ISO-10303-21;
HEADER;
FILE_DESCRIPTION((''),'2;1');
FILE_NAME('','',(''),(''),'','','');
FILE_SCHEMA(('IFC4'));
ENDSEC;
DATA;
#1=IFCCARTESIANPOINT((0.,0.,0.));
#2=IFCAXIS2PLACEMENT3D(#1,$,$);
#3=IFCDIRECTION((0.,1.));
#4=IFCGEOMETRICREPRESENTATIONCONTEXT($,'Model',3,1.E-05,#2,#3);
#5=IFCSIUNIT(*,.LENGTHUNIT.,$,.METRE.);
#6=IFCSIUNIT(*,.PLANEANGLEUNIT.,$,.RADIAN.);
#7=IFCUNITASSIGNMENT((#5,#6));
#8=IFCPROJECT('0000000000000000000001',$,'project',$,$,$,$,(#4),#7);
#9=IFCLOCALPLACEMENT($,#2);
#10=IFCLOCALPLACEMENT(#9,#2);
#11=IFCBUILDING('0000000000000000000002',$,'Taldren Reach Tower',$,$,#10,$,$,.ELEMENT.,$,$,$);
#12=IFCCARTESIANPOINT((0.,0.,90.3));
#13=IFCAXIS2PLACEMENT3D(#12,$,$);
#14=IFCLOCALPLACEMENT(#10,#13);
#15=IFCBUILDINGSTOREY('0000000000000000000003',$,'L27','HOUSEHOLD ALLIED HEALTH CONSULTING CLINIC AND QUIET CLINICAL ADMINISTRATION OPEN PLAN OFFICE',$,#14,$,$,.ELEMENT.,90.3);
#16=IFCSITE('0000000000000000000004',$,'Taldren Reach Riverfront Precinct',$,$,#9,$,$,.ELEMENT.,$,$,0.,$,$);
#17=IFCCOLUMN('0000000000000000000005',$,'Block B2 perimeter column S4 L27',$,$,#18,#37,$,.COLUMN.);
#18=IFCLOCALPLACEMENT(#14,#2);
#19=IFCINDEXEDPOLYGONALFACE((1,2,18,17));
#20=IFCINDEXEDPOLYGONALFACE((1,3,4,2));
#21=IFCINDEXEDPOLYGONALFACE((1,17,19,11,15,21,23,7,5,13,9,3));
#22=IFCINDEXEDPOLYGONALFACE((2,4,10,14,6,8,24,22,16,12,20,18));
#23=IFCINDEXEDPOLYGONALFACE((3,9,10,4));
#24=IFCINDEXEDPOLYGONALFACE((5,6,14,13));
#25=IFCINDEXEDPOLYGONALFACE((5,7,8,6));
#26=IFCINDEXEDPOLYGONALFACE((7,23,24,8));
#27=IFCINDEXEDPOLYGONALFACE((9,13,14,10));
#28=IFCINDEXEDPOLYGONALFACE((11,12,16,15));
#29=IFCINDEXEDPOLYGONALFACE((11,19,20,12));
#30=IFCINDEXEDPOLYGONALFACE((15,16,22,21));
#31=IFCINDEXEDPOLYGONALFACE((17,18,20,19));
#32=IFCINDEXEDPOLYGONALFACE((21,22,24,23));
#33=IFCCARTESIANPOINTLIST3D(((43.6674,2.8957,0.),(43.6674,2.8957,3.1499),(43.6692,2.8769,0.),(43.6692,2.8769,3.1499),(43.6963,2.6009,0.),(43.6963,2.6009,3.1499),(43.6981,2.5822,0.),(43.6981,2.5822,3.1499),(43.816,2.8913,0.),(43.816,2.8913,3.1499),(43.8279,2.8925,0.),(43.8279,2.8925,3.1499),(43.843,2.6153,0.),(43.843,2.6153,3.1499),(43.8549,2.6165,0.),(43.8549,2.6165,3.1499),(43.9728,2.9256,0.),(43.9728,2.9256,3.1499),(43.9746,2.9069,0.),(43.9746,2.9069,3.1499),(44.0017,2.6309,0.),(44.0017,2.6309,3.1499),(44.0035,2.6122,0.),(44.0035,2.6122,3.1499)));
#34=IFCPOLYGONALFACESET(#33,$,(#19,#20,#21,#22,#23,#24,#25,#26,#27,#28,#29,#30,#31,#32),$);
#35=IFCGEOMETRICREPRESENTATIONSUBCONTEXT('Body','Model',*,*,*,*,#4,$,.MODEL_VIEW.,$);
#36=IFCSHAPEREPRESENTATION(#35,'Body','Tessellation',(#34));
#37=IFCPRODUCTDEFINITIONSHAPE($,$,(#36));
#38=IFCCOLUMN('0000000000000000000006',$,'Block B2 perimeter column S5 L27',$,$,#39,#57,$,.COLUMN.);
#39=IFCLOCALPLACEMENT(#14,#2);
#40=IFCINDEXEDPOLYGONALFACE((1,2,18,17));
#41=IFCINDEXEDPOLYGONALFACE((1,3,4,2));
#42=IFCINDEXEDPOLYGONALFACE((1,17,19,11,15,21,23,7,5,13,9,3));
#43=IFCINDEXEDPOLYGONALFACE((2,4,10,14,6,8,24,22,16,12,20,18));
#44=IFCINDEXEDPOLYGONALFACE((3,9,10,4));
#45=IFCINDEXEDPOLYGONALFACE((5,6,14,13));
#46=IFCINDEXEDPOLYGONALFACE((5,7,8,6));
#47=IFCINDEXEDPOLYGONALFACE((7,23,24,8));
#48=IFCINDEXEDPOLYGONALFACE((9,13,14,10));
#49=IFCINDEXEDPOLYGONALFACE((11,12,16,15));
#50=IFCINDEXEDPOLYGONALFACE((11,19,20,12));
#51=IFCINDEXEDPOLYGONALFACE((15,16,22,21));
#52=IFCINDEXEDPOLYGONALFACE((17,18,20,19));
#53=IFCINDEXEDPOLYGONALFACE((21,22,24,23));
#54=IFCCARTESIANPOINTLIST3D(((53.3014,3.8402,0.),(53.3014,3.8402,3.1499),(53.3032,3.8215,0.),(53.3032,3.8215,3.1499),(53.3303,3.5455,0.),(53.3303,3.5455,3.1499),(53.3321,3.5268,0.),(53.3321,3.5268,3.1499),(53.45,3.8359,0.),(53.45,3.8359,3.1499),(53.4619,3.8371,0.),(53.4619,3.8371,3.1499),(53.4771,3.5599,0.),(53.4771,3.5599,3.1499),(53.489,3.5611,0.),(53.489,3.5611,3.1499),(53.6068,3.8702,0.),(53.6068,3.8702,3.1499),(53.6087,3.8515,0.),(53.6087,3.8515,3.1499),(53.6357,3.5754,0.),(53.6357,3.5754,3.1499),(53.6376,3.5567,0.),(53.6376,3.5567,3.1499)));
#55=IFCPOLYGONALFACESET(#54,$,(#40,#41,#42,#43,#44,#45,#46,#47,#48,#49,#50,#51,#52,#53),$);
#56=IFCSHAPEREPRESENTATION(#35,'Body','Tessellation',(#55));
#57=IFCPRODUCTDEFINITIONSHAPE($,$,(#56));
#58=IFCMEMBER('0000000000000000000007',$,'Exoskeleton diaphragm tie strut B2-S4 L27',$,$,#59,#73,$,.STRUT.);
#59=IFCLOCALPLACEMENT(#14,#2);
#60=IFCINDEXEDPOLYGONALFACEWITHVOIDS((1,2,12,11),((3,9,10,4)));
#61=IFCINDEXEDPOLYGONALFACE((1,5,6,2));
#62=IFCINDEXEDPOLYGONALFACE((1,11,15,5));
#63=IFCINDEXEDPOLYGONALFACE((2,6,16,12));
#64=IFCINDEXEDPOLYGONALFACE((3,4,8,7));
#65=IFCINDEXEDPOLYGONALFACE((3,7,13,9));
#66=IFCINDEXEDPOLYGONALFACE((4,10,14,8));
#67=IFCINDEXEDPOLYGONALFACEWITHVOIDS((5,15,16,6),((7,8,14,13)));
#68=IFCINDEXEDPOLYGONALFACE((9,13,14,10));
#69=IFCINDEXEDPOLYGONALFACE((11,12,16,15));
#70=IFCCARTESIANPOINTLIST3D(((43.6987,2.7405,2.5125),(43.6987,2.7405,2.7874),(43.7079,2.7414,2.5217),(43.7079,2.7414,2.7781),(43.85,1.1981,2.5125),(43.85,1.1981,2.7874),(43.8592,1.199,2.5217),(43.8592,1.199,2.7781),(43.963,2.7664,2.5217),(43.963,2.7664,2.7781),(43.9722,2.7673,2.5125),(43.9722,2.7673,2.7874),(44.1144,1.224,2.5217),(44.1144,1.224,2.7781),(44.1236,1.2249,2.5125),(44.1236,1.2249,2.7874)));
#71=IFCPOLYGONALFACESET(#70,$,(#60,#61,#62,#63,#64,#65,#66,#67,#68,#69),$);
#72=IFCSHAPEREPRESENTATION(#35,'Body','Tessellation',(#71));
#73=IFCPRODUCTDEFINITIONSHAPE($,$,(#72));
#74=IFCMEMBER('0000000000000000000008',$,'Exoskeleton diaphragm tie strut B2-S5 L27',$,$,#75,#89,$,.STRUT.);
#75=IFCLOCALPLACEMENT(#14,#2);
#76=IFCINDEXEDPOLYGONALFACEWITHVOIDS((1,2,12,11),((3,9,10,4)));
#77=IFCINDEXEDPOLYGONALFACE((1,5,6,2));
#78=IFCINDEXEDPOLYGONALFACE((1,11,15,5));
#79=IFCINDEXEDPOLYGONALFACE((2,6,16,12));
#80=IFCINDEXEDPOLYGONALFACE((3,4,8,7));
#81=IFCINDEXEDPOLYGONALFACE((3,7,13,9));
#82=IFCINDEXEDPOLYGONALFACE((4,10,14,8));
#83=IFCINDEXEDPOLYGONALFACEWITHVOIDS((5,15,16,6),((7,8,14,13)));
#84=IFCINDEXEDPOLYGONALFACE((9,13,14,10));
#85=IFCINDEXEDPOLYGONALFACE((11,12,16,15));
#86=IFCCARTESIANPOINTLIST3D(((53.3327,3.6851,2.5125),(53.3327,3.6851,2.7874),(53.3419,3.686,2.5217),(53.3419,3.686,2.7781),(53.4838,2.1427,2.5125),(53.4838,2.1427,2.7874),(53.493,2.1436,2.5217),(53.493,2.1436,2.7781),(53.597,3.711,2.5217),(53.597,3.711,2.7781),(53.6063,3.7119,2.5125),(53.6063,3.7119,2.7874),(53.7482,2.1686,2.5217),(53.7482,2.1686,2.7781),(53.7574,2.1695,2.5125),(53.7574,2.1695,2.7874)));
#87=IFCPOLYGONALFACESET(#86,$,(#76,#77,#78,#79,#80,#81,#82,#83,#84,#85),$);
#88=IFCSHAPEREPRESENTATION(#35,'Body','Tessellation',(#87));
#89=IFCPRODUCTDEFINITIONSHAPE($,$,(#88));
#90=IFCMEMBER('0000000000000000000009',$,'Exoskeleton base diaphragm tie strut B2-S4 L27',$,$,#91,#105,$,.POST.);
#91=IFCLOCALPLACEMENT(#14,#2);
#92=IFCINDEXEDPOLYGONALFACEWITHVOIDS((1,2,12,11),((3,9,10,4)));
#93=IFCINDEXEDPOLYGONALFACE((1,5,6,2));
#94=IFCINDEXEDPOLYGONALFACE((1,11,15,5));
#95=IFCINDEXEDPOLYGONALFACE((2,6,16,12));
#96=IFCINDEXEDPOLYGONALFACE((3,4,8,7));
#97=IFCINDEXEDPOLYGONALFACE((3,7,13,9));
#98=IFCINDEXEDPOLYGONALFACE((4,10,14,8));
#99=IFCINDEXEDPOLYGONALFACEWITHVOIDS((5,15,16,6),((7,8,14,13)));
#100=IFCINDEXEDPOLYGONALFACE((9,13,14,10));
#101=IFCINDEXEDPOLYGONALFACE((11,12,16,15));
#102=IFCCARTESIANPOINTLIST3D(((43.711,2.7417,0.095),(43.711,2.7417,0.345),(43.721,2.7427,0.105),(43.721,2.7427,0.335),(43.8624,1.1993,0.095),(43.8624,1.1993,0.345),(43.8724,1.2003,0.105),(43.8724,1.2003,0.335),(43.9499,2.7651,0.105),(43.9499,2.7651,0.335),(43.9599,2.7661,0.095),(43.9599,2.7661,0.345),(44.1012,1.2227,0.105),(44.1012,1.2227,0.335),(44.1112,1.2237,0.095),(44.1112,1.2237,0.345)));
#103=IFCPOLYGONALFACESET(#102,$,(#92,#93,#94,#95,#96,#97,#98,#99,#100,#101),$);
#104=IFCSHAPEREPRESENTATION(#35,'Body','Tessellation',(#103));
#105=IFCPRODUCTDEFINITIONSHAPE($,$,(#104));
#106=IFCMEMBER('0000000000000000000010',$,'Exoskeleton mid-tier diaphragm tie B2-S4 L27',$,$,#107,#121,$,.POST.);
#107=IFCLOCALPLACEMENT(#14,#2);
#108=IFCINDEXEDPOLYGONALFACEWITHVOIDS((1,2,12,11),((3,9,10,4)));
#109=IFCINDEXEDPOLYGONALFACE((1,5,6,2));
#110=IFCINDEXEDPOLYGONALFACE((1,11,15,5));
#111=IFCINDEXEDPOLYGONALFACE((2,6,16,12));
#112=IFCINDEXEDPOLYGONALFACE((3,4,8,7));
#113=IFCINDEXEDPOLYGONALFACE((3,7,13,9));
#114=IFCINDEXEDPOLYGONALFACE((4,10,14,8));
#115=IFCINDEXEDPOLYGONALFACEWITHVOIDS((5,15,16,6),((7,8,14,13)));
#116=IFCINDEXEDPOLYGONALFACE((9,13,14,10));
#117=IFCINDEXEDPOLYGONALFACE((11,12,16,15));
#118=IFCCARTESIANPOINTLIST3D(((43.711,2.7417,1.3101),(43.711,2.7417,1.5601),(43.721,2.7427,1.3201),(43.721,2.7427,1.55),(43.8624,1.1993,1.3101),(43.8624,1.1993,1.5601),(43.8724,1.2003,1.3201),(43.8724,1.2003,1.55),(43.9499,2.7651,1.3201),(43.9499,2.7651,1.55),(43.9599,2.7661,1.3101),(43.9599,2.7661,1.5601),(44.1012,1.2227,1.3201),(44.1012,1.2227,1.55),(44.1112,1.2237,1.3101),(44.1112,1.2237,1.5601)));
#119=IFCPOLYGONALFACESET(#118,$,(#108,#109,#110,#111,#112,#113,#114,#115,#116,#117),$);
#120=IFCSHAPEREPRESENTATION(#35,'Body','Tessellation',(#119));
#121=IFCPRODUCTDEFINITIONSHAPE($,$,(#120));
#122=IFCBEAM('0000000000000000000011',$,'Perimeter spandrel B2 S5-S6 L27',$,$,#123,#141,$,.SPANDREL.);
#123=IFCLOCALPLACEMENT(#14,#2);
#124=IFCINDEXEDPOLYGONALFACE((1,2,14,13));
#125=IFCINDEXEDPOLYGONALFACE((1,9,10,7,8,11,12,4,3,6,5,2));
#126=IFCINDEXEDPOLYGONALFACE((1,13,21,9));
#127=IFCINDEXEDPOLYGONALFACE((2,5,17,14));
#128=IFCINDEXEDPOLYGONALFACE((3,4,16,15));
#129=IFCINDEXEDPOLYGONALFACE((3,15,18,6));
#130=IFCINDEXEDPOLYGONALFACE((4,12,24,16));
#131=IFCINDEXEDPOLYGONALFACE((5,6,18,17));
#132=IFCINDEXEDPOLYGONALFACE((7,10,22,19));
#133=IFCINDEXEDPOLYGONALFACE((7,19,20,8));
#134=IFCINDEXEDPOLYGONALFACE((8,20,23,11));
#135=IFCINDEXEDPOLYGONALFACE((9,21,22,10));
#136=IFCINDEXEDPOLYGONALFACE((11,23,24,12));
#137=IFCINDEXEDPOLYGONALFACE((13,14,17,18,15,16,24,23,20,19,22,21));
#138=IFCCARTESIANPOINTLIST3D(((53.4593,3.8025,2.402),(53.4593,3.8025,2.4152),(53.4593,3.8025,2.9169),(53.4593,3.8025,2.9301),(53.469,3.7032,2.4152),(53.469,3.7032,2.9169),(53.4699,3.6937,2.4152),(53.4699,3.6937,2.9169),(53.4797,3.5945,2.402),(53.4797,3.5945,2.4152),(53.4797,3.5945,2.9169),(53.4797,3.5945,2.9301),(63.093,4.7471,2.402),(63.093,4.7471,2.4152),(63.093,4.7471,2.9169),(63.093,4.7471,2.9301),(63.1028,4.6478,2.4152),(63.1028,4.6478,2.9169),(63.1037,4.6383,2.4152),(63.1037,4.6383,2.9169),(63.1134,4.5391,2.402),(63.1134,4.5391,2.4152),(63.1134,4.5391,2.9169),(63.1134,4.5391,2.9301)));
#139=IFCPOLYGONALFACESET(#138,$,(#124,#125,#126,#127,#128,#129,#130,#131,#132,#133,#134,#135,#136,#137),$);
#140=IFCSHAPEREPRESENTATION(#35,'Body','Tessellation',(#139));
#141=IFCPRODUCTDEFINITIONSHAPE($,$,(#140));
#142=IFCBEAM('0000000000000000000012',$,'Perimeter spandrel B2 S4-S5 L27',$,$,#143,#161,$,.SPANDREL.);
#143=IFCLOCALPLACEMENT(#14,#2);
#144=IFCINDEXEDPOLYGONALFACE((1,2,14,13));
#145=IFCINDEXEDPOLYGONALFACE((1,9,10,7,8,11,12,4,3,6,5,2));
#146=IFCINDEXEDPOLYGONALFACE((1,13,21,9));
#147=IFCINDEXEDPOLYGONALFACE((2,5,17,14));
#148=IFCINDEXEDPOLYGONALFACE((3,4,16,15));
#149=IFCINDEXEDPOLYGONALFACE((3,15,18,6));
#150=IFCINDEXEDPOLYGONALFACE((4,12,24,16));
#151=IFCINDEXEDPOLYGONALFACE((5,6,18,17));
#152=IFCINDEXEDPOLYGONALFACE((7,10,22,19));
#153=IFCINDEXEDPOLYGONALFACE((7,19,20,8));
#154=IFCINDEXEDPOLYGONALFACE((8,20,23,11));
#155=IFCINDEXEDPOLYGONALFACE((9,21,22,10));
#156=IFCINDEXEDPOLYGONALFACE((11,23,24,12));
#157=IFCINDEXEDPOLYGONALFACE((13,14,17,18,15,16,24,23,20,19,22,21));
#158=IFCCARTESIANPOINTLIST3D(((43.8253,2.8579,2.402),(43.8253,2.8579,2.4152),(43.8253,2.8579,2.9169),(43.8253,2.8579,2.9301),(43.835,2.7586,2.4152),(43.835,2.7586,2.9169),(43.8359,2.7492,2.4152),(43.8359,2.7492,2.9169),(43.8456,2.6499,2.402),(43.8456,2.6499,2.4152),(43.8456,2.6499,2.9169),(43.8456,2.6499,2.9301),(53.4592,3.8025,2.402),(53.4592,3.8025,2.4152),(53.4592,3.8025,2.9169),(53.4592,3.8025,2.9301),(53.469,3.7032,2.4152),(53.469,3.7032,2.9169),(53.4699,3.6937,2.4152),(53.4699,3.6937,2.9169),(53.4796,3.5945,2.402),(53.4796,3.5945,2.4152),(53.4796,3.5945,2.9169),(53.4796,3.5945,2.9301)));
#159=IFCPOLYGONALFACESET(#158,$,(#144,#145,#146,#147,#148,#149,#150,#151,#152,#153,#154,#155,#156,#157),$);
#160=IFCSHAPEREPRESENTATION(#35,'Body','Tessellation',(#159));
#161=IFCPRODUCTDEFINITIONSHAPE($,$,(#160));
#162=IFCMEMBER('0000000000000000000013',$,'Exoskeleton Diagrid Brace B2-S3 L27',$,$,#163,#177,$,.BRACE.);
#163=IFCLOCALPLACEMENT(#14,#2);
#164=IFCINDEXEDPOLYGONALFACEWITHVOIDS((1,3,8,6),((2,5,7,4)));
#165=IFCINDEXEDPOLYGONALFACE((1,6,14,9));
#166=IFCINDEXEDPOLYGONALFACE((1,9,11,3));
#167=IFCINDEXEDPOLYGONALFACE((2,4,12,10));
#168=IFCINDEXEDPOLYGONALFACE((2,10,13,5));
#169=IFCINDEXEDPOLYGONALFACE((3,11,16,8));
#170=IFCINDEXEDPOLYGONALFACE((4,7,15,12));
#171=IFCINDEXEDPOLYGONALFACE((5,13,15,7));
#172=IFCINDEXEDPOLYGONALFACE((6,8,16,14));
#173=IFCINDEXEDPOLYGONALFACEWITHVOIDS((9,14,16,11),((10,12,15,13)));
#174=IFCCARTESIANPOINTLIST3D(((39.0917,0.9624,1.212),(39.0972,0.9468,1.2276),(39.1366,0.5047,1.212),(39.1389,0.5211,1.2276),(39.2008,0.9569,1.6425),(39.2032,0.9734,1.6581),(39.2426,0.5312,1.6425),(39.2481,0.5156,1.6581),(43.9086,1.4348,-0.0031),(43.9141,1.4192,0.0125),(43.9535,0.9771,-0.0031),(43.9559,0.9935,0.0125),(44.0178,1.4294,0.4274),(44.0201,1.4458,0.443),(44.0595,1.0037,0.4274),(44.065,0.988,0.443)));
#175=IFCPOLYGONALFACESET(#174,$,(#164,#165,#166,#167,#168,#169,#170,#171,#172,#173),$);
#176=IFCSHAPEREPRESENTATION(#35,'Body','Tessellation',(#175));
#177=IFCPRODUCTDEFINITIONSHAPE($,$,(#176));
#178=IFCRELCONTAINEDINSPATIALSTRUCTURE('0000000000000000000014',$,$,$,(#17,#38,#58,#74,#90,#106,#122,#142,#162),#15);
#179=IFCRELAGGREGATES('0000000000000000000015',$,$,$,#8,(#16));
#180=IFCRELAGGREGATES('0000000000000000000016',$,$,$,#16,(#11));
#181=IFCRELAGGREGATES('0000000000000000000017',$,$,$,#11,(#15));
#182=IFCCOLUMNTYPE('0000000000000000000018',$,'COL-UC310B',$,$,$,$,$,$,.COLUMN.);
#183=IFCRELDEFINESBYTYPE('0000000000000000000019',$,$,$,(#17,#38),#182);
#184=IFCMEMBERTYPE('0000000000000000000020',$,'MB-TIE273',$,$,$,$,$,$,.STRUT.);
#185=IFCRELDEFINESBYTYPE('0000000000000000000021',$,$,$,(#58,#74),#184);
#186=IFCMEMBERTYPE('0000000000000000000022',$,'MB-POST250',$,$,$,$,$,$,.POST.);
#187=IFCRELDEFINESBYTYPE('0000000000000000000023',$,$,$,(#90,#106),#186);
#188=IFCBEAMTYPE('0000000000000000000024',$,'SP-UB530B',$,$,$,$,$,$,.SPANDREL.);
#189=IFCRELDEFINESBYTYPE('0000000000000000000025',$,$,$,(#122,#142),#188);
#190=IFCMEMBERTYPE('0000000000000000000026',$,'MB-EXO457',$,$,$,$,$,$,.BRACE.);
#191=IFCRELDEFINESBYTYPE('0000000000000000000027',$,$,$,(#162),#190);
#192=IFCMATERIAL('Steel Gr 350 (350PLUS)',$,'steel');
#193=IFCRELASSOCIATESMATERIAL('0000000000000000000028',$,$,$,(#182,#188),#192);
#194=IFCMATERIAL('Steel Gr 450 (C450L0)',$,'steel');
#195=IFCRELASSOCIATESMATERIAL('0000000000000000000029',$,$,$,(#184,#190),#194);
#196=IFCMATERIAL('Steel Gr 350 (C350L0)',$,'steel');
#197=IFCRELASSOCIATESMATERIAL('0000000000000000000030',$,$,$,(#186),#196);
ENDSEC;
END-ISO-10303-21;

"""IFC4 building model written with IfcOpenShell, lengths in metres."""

from ifc_helpers import new_model, si_unit, direction, frame, origin, origin_2d, place, context, subcontext, project, spatial, hollow_rectangle, i_section, extrude, source, transform, mapped, material, material_profile, profile_set, type_object, element, save


model = new_model("IFC4")

# Units and contexts
model_context = context("Model", 3, precision=1e-05, world=origin(), true_north=direction((0.0, 1.0)))
body_context = subcontext(model_context, "Body", "Model", "MODEL_VIEW")
ifc_project = project(units=[si_unit("LENGTHUNIT", "METRE"), si_unit("PLANEANGLEUNIT", "RADIAN")], contexts=[model_context])

# Site, building, storey
site_placement = place(None, origin())
site = spatial("IfcSite", under=ifc_project, at=site_placement, Name="Taldren Reach Riverfront Precinct", CompositionType="ELEMENT", RefElevation=0.0)
building_placement = place(site_placement, origin())
building = spatial("IfcBuilding", under=site, at=building_placement, Name="Taldren Reach Tower", CompositionType="ELEMENT")
storey_placement = place(building_placement, frame((0.0, 0.0, 90.3)))
storey = spatial("IfcBuildingStorey", under=building, at=storey_placement, Name="L27", Description="HOUSEHOLD ALLIED HEALTH CONSULTING CLINIC AND QUIET CLINICAL ADMINISTRATION OPEN PLAN OFFICE", CompositionType="ELEMENT", Elevation=90.3)

# Columns
ifc_material_1 = material(Name="Steel Gr 350 (350PLUS)", Category="steel")
ifc_material_profile_1 = material_profile(ifc_material_1, i_section(OverallWidth=0.3069, OverallDepth=0.3149, WebThickness=0.012, FlangeThickness=0.0188, at=origin_2d()), Name="310UC118")
ifc_profile_set_1 = profile_set([ifc_material_profile_1], Name="Steel Gr 350 (350PLUS)")
column_type = type_object("IfcColumnType", Name="COL-UC310B", PredefinedType="COLUMN", material=ifc_profile_set_1)
shared_shape_1 = source(origin(), body_context, "Body", "SweptSolid", [
    extrude(i_section(OverallWidth=0.3069, OverallDepth=0.3149, WebThickness=0.012, FlangeThickness=0.0188, at=origin_2d()), origin(), (0.0, 0.0, 1.0), 3.1499),
])
for number, where, z_axis, x_axis, name in (
    (1, (43.8354, 2.7539, 0.0), (0.0, 0.0, 1.0), (0.995227, 0.097583, 0.0), "Block B2 perimeter column S4 L27"),
    (2, (53.4695, 3.6985, 0.0), (0.0, 0.0, 1.0), (0.995227, 0.097583, 0.0), "Block B2 perimeter column S5 L27"),
):
    element("IfcColumn", number, at=place(storey_placement, frame(where, z_axis=z_axis, x_axis=x_axis)), inside=storey, type_object=column_type, Name=name, PredefinedType="COLUMN", context=body_context, shape_type="MappedRepresentation", body=[
        mapped(shared_shape_1, transform((0.0, 0.0, 0.0), scale=1.0)),
    ])

# Members
ifc_material_2 = material(Name="Steel Gr 450 (C450L0)", Category="steel")
ifc_material_profile_2 = material_profile(ifc_material_2, hollow_rectangle(XDim=0.2749, YDim=0.2749, WallThickness=0.0093, at=origin_2d()), Name="275x275x9.3SHS")
ifc_profile_set_2 = profile_set([ifc_material_profile_2], Name="Steel Gr 450 (C450L0)")
member_type_1 = type_object("IfcMemberType", Name="MB-TIE273", PredefinedType="STRUT", material=ifc_profile_set_2)
shared_shape_2 = source(origin(), body_context, "Body", "SweptSolid", [
    extrude(hollow_rectangle(XDim=0.2749, YDim=0.2749, WallThickness=0.0093, at=origin_2d()), origin(), (0.0, 0.0, 1.0), 1.5498),
])
for number, where, z_axis, x_axis, name in (
    (3, (43.8354, 2.7539, 2.6499), (0.097663, -0.99522, 0.0), (0.99522, 0.097663, 0.0), "Exoskeleton diaphragm tie strut B2-S4 L27"),
    (4, (53.4695, 3.6985, 2.6499), (0.097507, -0.995235, 0.0), (0.995235, 0.097507, 0.0), "Exoskeleton diaphragm tie strut B2-S5 L27"),
):
    element("IfcMember", number, at=place(storey_placement, frame(where, z_axis=z_axis, x_axis=x_axis)), inside=storey, type_object=member_type_1, Name=name, PredefinedType="STRUT", context=body_context, shape_type="MappedRepresentation", body=[
        mapped(shared_shape_2, transform((0.0, 0.0, 0.0), scale=1.0)),
    ])
ifc_material_3 = material(Name="Steel Gr 350 (C350L0)", Category="steel")
ifc_material_profile_3 = material_profile(ifc_material_3, hollow_rectangle(XDim=0.25, YDim=0.25, WallThickness=0.01, at=origin_2d()), Name="250x250x10.0SHS")
ifc_profile_set_3 = profile_set([ifc_material_profile_3], Name="Steel Gr 350 (C350L0)")
member_type_2 = type_object("IfcMemberType", Name="MB-POST250", PredefinedType="POST", material=ifc_profile_set_3)
shared_shape_3 = source(origin(), body_context, "Body", "SweptSolid", [
    extrude(hollow_rectangle(XDim=0.25, YDim=0.25, WallThickness=0.01, at=origin_2d()), origin(), (0.0, 0.0, 1.0), 1.5498),
])
for number, where, z_axis, x_axis, name in (
    (5, (43.8354, 2.7539, 0.22), (0.097663, -0.99522, 0.0), (0.99522, 0.097663, 0.0), "Exoskeleton base diaphragm tie strut B2-S4 L27"),
    (6, (43.8354, 2.7539, 1.4351), (0.097663, -0.99522, 0.0), (0.99522, 0.097663, 0.0), "Exoskeleton mid-tier diaphragm tie B2-S4 L27"),
):
    element("IfcMember", number, at=place(storey_placement, frame(where, z_axis=z_axis, x_axis=x_axis)), inside=storey, type_object=member_type_2, Name=name, PredefinedType="POST", context=body_context, shape_type="MappedRepresentation", body=[
        mapped(shared_shape_3, transform((0.0, 0.0, 0.0), scale=1.0)),
    ])

# Beams
ifc_material_profile_4 = material_profile(ifc_material_1, i_section(OverallWidth=0.209, OverallDepth=0.5281, WebThickness=0.0095, FlangeThickness=0.0132, at=origin_2d()), Name="530UB82.0")
ifc_profile_set_4 = profile_set([ifc_material_profile_4], Name="Steel Gr 350 (350PLUS)")
beam_type = type_object("IfcBeamType", Name="SP-UB530B", PredefinedType="SPANDREL", material=ifc_profile_set_4)
shared_shape_4 = source(origin(), body_context, "Body", "SweptSolid", [
    extrude(i_section(OverallWidth=0.209, OverallDepth=0.5281, WebThickness=0.0095, FlangeThickness=0.0132, at=origin_2d()), origin(), (0.0, 0.0, 1.0), 9.6799),
])
beam_1_placement = place(storey_placement, frame((53.4695, 3.6985, 2.666), z_axis=(0.995228, 0.097581, 0.0), x_axis=(-0.097581, 0.995228, 0.0)))
element("IfcBeam", 7, at=beam_1_placement, inside=storey, type_object=beam_type, Name="Perimeter spandrel B2 S5-S6 L27", PredefinedType="SPANDREL", context=body_context, shape_type="MappedRepresentation", body=[
    mapped(shared_shape_4, transform((0.0, 0.0, 0.0), scale=1.0)),
])
shared_shape_5 = source(origin(), body_context, "Body", "SweptSolid", [
    extrude(i_section(OverallWidth=0.209, OverallDepth=0.5281, WebThickness=0.0095, FlangeThickness=0.0132, at=origin_2d()), origin(), (0.0, 0.0, 1.0), 9.6802),
])
beam_2_placement = place(storey_placement, frame((43.8354, 2.7539, 2.666), z_axis=(0.995228, 0.097578, 0.0), x_axis=(-0.097578, 0.995228, 0.0)))
element("IfcBeam", 8, at=beam_2_placement, inside=storey, type_object=beam_type, Name="Perimeter spandrel B2 S4-S5 L27", PredefinedType="SPANDREL", context=body_context, shape_type="MappedRepresentation", body=[
    mapped(shared_shape_5, transform((0.0, 0.0, 0.0), scale=1.0)),
])

# Member
ifc_material_profile_5 = material_profile(ifc_material_2, hollow_rectangle(XDim=0.46, YDim=0.46, WallThickness=0.0161, at=origin_2d()), Name="460x460x16.0SHS")
ifc_profile_set_5 = profile_set([ifc_material_profile_5], Name="Steel Gr 450 (C450L0)")
member_type_3 = type_object("IfcMemberType", Name="MB-EXO457", PredefinedType="BRACE", material=ifc_profile_set_5)
shared_shape_6 = source(origin(), body_context, "Body", "SweptSolid", [
    extrude(hollow_rectangle(XDim=0.46, YDim=0.46, WallThickness=0.0161, at=origin_2d()), origin(), (0.0, 0.0, 1.0), 4.9902),
])
for number, where, z_axis, x_axis, name in (
    (9, (43.9868, 1.2114, 0.22), (-0.965271, -0.094668, 0.243495), (0.097606, -0.995225, 0.0), "Exoskeleton Diagrid Brace B2-S3 L27"),
):
    element("IfcMember", number, at=place(storey_placement, frame(where, z_axis=z_axis, x_axis=x_axis)), inside=storey, type_object=member_type_3, Name=name, PredefinedType="BRACE", context=body_context, shape_type="MappedRepresentation", body=[
        mapped(shared_shape_6, transform((0.0, 0.0, 0.0), scale=1.0)),
    ])

save(model, "model.ifc")
